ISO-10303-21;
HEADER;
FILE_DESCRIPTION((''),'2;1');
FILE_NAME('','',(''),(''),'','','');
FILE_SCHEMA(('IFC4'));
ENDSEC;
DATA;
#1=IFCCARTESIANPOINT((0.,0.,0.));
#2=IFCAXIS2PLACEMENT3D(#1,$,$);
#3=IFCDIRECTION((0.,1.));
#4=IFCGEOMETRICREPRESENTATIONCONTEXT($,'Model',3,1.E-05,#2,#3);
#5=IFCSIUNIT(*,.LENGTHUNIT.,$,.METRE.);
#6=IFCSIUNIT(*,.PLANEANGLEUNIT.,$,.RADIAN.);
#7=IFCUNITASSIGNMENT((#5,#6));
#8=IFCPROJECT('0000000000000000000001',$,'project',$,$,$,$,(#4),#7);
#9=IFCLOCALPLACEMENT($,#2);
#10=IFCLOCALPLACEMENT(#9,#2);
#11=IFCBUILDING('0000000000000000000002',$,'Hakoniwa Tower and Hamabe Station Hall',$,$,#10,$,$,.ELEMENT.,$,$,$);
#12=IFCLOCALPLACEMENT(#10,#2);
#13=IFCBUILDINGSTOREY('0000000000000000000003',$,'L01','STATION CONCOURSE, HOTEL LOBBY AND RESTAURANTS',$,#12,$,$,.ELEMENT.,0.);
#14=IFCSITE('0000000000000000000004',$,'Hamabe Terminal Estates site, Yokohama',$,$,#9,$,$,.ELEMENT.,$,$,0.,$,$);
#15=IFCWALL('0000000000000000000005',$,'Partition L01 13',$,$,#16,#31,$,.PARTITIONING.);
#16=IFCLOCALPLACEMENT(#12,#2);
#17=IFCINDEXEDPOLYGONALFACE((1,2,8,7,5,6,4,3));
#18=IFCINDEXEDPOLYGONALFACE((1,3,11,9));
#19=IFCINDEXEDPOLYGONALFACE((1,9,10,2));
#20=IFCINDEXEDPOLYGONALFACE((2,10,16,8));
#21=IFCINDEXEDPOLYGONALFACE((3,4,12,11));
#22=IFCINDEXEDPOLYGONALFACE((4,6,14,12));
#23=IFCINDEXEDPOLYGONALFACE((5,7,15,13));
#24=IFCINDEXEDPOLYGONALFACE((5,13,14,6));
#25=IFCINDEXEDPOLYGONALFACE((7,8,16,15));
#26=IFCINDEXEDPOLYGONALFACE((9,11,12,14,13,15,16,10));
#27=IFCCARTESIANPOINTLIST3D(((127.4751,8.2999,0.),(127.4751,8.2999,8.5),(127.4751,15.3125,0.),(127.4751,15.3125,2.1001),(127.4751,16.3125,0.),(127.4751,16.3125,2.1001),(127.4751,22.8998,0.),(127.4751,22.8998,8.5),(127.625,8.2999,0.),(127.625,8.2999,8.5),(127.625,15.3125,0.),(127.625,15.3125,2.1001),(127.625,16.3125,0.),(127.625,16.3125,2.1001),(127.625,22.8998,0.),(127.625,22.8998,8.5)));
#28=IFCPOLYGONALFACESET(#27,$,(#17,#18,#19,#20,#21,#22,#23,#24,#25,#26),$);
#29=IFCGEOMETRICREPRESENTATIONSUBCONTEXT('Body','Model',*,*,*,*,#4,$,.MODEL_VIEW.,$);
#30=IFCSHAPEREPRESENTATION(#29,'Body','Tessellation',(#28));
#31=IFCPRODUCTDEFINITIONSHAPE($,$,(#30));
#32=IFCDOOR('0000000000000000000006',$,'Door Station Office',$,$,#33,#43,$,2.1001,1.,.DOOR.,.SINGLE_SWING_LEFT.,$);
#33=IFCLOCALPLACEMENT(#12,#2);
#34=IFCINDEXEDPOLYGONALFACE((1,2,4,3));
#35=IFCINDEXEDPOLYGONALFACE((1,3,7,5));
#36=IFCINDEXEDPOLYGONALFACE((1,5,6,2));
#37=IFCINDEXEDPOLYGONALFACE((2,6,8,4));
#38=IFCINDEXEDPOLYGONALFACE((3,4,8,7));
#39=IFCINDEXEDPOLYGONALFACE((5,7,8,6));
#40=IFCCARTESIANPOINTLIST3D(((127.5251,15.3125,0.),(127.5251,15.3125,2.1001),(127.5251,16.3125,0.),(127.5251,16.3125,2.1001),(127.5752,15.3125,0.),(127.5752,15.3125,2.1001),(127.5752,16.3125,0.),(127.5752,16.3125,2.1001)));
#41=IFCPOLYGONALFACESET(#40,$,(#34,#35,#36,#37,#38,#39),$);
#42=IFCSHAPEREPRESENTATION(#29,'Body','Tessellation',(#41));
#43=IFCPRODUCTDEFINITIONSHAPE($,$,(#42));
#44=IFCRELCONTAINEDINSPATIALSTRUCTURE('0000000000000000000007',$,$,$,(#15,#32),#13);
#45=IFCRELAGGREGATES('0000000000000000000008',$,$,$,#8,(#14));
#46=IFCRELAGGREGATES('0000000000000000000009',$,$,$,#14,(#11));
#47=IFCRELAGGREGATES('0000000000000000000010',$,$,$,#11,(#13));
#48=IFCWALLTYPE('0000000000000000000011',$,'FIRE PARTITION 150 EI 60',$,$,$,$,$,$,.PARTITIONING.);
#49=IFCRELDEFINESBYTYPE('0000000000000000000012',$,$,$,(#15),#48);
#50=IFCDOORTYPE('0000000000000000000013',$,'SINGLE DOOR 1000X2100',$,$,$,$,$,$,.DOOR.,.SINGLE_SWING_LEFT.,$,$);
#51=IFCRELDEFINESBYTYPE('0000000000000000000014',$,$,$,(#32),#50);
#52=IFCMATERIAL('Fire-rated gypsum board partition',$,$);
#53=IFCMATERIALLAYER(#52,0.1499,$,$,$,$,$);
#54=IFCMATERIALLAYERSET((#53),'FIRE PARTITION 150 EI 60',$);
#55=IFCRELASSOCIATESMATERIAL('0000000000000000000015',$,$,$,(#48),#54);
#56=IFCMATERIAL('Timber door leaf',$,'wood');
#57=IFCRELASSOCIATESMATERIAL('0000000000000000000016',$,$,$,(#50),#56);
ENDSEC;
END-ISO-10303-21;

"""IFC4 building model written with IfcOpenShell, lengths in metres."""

from ifc_helpers import new_model, si_unit, direction, frame, frame_2d, origin, place, context, subcontext, project, spatial, rectangle, extrude, material, layer, layer_set, type_object, element, fill, save


model = new_model("IFC4")

# Units and contexts
model_context = context("Model", 3, precision=1e-05, world=origin(), true_north=direction((0.0, 1.0)))
body_context = subcontext(model_context, "Body", "Model", "MODEL_VIEW")
ifc_project = project(units=[si_unit("LENGTHUNIT", "METRE"), si_unit("PLANEANGLEUNIT", "RADIAN")], contexts=[model_context])

# Site, building, storey
site_placement = place(None, origin())
site = spatial("IfcSite", under=ifc_project, at=site_placement, Name="Hamabe Terminal Estates site, Yokohama", CompositionType="ELEMENT", RefElevation=0.0)
building_placement = place(site_placement, origin())
building = spatial("IfcBuilding", under=site, at=building_placement, Name="Hakoniwa Tower and Hamabe Station Hall", CompositionType="ELEMENT")
storey_placement = place(building_placement, origin())
storey = spatial("IfcBuildingStorey", under=building, at=storey_placement, Name="L01", Description="STATION CONCOURSE, HOTEL LOBBY AND RESTAURANTS", CompositionType="ELEMENT", Elevation=0.0)

# Wall, opening, door
ifc_material_1 = material(Name="Fire-rated gypsum board partition")
ifc_layer_1 = layer(ifc_material_1, 0.1499)
ifc_layer_set_1 = layer_set([ifc_layer_1], Name="FIRE PARTITION 150 EI 60")
wall_type_1 = type_object("IfcWallType", Name="FIRE PARTITION 150 EI 60", PredefinedType="PARTITIONING", material=ifc_layer_set_1)
wall_1_placement = place(storey_placement, frame((127.55, 8.3, 0.0), z_axis=(0.0, 0.0, 1.0), x_axis=(0.0, 1.0, 0.0)))
wall_1 = element("IfcWall", 1, at=wall_1_placement, inside=storey, type_object=wall_type_1, Name="Partition L01 13", PredefinedType="PARTITIONING", context=body_context, shape_type="SweptSolid", body=[
    extrude(rectangle(XDim=14.5999, YDim=0.1499, at=frame_2d((7.2998, 0.0))), origin(), (0.0, 0.0, 1.0), 8.5),
])
opening_1_placement = place(wall_1_placement, frame((7.0125, 0.0, 0.0)))
opening_1 = element("IfcOpeningElement", 2, at=opening_1_placement, cuts=wall_1, PredefinedType="OPENING", context=body_context, shape_type="SweptSolid", body=[
    extrude(rectangle(XDim=1.0, YDim=2.1001, at=frame_2d((0.5, 1.05))), frame((0.0, 0.085, 0.0), z_axis=(0.0, -1.0, 0.0), x_axis=(1.0, 0.0, 0.0)), (0.0, 0.0, 1.0), 0.1699),
])
ifc_material_2 = material(Name="Timber door leaf", Category="wood")
door_type_1 = type_object("IfcDoorType", Name="SINGLE DOOR 1000X2100", OperationType="SINGLE_SWING_LEFT", PredefinedType="DOOR", material=ifc_material_2)
door_1_placement = place(opening_1_placement, origin())
door_1 = element("IfcDoor", 3, at=door_1_placement, inside=storey, type_object=door_type_1, Name="Door Station Office", OperationType="SINGLE_SWING_LEFT", OverallHeight=2.1001, OverallWidth=1.0, PredefinedType="DOOR", context=body_context, shape_type="SweptSolid", body=[
    extrude(rectangle(XDim=1.0, YDim=2.1001, at=frame_2d((0.5, 1.05))), frame((0.0, 0.0249, 0.0), z_axis=(0.0, -1.0, 0.0), x_axis=(1.0, 0.0, 0.0)), (0.0, 0.0, 1.0), 0.05),
])
fill(opening_1, door_1)

save(model, "model.ifc")
